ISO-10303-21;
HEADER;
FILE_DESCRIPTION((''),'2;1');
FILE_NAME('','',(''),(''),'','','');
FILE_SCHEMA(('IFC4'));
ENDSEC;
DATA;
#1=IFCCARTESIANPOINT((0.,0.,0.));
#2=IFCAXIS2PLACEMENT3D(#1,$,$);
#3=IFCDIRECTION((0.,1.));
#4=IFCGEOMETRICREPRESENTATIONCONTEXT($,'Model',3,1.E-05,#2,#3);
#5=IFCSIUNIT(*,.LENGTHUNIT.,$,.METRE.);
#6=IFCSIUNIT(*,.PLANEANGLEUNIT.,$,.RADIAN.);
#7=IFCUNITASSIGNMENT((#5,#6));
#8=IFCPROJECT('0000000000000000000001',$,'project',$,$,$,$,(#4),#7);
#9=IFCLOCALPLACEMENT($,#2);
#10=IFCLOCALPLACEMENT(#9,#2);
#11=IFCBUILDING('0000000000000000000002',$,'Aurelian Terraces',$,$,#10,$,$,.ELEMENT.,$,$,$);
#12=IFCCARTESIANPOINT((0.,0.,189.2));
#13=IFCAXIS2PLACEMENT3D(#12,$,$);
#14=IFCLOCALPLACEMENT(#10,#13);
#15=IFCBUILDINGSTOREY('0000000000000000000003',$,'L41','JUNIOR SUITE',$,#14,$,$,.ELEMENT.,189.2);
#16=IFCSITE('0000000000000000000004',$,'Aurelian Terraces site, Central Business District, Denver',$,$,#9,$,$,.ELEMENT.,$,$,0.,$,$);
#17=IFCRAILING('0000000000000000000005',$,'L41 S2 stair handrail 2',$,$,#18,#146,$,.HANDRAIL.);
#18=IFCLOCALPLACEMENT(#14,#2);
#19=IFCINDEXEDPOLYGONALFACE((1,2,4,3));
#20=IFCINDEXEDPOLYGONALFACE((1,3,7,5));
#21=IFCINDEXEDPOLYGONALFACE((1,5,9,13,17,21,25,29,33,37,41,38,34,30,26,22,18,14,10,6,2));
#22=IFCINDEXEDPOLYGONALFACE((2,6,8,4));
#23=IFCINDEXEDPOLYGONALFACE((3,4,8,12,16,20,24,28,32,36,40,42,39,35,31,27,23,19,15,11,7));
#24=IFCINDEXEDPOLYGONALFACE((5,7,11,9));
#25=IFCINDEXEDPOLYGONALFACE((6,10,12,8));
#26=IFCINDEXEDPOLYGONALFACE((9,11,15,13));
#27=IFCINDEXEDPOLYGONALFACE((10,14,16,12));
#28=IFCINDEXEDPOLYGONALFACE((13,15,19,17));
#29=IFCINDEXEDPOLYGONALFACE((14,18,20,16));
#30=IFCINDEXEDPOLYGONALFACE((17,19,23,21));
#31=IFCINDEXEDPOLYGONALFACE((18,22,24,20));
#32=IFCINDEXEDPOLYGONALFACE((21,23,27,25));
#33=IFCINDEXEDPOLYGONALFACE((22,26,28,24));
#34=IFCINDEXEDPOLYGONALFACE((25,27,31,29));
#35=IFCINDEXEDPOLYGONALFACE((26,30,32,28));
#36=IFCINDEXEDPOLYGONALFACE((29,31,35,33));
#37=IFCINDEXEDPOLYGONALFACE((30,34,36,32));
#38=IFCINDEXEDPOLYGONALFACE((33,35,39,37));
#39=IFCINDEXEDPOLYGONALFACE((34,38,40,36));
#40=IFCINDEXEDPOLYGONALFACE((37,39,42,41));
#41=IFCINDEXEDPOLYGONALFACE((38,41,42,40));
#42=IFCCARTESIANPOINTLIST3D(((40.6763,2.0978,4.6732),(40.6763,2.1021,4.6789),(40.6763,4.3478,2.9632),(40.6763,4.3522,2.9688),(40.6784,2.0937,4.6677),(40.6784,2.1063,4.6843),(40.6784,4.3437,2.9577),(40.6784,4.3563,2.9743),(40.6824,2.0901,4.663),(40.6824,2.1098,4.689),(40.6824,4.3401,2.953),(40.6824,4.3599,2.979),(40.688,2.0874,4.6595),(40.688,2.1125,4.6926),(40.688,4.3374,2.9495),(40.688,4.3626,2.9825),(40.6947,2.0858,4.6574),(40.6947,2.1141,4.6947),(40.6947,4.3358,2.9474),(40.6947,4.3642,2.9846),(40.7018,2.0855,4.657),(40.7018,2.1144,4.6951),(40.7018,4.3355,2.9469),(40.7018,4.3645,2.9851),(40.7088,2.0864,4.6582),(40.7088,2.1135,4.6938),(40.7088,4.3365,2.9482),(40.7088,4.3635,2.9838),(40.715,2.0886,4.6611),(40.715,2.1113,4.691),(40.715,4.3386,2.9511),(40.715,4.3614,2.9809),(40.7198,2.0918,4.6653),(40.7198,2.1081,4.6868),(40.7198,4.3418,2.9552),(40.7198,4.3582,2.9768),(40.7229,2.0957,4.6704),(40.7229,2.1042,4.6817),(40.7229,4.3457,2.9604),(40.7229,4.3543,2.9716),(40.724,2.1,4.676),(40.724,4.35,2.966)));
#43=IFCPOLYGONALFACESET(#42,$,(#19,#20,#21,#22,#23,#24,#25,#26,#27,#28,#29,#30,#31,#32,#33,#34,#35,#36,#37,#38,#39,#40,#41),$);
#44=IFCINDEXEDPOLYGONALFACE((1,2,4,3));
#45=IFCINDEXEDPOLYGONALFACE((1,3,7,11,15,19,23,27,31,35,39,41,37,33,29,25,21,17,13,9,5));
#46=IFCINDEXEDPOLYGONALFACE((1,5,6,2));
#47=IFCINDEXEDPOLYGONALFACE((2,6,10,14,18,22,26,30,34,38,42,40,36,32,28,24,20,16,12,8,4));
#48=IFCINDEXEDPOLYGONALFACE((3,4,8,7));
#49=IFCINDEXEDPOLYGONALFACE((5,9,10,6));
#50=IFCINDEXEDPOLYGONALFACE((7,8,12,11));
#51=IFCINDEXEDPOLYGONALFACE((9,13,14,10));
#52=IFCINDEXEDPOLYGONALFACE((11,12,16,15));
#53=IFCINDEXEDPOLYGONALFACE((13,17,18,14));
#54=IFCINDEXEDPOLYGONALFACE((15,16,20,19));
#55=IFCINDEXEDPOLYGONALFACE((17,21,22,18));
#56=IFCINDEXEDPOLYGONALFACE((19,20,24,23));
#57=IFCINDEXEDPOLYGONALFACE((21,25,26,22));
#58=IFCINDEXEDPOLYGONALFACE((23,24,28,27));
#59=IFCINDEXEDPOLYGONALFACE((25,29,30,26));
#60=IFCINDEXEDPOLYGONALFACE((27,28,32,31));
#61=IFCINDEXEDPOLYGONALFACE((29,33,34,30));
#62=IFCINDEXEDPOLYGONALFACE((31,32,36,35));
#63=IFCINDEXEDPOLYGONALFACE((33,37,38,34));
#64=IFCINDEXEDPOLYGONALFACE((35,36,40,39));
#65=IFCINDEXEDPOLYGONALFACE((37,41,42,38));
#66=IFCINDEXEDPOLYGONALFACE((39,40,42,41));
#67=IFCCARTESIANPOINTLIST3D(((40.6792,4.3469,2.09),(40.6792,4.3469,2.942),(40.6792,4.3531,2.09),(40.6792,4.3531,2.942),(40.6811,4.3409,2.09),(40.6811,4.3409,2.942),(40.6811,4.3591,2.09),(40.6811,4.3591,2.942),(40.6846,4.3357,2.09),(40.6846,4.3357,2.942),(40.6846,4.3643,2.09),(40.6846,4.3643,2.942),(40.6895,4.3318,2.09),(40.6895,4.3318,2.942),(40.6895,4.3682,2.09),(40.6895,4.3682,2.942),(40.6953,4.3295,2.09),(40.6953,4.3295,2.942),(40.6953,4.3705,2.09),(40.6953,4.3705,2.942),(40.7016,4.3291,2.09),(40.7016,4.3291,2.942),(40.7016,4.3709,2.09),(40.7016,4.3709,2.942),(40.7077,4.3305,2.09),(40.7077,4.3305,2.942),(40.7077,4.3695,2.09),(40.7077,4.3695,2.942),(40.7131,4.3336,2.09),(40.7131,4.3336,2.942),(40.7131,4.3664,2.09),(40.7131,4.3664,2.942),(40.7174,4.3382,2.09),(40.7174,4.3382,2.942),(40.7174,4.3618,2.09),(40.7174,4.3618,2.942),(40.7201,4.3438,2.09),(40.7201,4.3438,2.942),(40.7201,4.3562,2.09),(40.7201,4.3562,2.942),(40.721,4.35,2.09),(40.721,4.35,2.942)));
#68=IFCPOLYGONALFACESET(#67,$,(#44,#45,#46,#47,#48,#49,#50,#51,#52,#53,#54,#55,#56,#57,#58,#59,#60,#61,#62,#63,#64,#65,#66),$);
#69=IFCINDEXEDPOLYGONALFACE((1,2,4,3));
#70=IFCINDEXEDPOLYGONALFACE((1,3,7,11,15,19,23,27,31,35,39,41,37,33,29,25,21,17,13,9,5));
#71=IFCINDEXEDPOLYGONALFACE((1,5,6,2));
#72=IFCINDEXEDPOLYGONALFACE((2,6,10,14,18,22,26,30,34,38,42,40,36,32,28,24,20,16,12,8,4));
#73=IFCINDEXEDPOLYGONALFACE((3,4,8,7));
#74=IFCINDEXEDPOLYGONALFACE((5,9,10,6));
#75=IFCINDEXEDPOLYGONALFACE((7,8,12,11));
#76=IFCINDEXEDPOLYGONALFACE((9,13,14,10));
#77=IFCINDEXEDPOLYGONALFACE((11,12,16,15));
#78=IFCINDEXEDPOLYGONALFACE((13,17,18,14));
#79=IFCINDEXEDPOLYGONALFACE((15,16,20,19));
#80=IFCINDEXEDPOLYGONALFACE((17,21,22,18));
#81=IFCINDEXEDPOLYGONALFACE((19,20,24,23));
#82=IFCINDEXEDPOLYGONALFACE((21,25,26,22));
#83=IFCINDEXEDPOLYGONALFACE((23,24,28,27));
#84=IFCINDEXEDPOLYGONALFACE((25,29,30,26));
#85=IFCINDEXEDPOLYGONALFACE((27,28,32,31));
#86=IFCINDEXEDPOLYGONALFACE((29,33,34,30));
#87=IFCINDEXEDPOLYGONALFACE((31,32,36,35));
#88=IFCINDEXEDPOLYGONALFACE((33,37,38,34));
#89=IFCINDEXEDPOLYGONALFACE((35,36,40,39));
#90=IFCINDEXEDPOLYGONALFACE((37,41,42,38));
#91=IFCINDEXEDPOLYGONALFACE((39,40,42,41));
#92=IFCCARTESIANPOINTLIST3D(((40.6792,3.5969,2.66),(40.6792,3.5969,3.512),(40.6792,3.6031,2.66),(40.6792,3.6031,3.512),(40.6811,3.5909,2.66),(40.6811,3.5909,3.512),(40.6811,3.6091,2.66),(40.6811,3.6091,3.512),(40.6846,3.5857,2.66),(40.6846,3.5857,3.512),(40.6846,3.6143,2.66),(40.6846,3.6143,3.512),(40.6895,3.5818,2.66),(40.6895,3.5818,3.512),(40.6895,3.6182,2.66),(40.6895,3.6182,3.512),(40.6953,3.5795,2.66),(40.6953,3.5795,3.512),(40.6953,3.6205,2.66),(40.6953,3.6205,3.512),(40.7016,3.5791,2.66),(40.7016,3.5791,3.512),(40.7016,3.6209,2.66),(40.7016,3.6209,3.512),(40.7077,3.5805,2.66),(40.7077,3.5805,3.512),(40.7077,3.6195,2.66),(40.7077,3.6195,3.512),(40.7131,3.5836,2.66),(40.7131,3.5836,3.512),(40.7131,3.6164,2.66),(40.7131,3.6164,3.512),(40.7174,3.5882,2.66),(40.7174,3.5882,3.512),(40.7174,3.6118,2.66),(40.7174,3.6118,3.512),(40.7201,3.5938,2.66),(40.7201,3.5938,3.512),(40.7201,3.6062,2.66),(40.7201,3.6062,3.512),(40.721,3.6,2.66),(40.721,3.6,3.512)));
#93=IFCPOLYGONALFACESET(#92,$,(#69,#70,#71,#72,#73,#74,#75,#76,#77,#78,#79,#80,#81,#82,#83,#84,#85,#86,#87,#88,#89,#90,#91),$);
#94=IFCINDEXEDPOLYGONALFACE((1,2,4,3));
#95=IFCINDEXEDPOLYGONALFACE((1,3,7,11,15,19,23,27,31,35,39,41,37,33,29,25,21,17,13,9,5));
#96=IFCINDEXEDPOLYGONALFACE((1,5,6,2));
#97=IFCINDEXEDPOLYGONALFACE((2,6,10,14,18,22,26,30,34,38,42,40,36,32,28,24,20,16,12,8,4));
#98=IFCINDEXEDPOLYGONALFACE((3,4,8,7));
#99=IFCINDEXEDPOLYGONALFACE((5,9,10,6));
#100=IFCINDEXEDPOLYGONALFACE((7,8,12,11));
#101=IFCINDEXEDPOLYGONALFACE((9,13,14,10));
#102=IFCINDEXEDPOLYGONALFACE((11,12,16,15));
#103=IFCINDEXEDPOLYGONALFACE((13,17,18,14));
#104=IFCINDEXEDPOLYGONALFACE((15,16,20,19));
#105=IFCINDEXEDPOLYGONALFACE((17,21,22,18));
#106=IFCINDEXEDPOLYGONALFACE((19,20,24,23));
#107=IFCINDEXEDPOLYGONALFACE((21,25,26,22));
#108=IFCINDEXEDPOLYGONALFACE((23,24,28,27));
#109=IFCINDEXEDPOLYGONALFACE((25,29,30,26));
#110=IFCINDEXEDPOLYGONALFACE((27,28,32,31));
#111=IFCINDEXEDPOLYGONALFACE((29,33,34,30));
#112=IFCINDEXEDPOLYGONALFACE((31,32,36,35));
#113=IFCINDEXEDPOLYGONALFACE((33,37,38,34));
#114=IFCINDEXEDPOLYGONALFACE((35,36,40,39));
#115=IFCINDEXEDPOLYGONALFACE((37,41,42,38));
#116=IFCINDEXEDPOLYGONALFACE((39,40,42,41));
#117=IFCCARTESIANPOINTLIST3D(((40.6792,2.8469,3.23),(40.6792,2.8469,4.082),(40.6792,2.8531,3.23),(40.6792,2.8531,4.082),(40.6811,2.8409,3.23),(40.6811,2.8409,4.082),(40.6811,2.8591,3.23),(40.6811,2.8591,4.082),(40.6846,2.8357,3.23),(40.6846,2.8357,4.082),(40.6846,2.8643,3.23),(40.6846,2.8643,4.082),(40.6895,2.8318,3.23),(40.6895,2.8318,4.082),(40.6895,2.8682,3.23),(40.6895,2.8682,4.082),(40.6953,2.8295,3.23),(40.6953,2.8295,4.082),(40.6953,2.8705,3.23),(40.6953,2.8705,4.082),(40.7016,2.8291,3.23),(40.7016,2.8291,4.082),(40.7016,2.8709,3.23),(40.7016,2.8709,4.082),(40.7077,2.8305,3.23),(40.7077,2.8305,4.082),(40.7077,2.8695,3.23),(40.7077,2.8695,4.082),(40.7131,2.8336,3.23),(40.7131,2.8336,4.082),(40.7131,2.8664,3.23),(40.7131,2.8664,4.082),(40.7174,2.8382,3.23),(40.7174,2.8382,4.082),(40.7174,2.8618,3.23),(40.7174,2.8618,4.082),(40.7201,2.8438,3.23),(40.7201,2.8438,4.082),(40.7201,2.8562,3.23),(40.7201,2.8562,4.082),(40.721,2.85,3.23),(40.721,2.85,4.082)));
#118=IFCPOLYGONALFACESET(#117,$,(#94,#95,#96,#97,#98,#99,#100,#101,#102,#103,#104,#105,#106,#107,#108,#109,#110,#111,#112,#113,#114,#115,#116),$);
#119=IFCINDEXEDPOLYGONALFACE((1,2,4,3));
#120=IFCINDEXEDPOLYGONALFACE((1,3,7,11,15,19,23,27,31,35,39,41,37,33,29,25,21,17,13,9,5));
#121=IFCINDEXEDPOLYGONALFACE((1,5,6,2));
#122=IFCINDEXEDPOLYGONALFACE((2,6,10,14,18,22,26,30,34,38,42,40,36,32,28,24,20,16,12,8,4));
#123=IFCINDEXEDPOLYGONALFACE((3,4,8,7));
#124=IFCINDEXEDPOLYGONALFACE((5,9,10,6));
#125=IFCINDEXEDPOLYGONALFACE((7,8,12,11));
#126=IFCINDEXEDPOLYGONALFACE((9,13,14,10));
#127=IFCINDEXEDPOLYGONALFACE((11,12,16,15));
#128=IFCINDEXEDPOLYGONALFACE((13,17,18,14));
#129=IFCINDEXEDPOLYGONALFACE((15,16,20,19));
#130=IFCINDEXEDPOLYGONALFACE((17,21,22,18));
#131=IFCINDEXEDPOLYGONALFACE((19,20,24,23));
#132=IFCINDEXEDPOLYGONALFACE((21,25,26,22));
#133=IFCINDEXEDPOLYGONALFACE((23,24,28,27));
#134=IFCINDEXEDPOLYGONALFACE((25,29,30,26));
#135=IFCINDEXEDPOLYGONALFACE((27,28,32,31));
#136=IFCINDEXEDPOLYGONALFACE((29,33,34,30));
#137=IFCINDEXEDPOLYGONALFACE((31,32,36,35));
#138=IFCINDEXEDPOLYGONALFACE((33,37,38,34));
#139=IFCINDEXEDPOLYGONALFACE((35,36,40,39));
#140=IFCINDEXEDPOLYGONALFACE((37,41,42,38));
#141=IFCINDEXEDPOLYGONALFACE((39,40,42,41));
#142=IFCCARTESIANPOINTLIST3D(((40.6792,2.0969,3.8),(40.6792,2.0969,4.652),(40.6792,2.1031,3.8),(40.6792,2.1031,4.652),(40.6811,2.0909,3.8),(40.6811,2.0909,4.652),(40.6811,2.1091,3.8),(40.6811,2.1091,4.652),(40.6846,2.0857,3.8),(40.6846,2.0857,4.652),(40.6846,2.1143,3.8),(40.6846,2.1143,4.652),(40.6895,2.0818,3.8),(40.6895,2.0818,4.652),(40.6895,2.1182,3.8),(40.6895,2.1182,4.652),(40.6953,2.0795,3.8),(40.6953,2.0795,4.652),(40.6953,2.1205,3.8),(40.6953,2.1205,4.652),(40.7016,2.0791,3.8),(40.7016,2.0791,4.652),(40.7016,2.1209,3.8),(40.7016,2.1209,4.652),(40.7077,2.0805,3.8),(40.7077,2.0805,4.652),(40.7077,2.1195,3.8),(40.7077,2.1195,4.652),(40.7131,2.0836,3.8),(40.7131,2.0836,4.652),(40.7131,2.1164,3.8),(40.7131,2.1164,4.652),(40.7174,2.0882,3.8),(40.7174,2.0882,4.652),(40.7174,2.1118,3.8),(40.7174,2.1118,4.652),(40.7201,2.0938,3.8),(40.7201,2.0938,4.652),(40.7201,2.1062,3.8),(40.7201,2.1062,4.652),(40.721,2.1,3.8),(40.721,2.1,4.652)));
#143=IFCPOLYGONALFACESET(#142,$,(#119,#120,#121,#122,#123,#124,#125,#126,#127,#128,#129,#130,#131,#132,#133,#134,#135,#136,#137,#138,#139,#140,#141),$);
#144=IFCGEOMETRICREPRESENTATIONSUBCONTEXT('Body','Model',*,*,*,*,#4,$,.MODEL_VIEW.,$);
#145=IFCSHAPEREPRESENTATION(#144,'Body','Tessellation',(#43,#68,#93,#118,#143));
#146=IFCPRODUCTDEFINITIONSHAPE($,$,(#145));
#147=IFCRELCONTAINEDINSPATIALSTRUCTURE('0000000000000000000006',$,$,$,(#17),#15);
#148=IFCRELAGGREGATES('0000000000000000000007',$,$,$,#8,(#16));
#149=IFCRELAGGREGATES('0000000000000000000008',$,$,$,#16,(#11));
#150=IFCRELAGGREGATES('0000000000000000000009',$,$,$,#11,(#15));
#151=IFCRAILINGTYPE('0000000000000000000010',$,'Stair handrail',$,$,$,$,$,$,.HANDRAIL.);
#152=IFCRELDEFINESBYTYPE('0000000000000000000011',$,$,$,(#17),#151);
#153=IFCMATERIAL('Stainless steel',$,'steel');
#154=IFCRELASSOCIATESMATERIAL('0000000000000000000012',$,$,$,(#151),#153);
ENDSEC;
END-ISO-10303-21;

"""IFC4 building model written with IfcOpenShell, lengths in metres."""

from ifc_helpers import new_model, si_unit, direction, frame, origin, origin_2d, place, context, subcontext, project, spatial, circle, extrude, source, transform, mapped, material, type_object, element, save


model = new_model("IFC4")

# Units and contexts
model_context = context("Model", 3, precision=1e-05, world=origin(), true_north=direction((0.0, 1.0)))
body_context = subcontext(model_context, "Body", "Model", "MODEL_VIEW")
ifc_project = project(units=[si_unit("LENGTHUNIT", "METRE"), si_unit("PLANEANGLEUNIT", "RADIAN")], contexts=[model_context])

# Site, building, storey
site_placement = place(None, origin())
site = spatial("IfcSite", under=ifc_project, at=site_placement, Name="Aurelian Terraces site, Central Business District, Denver", CompositionType="ELEMENT", RefElevation=0.0)
building_placement = place(site_placement, origin())
building = spatial("IfcBuilding", under=site, at=building_placement, Name="Aurelian Terraces", CompositionType="ELEMENT")
storey_placement = place(building_placement, frame((0.0, 0.0, 189.2)))
storey = spatial("IfcBuildingStorey", under=building, at=storey_placement, Name="L41", Description="JUNIOR SUITE", CompositionType="ELEMENT", Elevation=189.2)

# Railing
ifc_material_1 = material(Name="Stainless steel", Category="steel")
railing_type = type_object("IfcRailingType", Name="Stair handrail", PredefinedType="HANDRAIL", material=ifc_material_1)
shared_shape_1 = source(origin(), body_context, "Body", "SweptSolid", [
    extrude(circle(Radius=0.024, at=origin_2d()), frame((0.0, 0.0, 0.876), z_axis=(0.0, -0.796162, 0.605083), x_axis=(1.0, 0.0, 0.0)), (0.0, 0.0, 1.0), 2.8261),
    extrude(circle(Radius=0.021, at=origin_2d()), origin(), (0.0, 0.0, 1.0), 0.852),
    extrude(circle(Radius=0.021, at=origin_2d()), frame((0.0, -0.75, 0.57)), (0.0, 0.0, 1.0), 0.852),
    extrude(circle(Radius=0.021, at=origin_2d()), frame((0.0, -1.5, 1.14)), (0.0, 0.0, 1.0), 0.852),
    extrude(circle(Radius=0.021, at=origin_2d()), frame((0.0, -2.25, 1.71)), (0.0, 0.0, 1.0), 0.852),
])
railing_placement = place(storey_placement, frame((40.7, 4.35, 2.09)))
element("IfcRailing", 1, at=railing_placement, inside=storey, type_object=railing_type, Name="L41 S2 stair handrail 2", PredefinedType="HANDRAIL", context=body_context, shape_type="MappedRepresentation", body=[
    mapped(shared_shape_1, transform((0.0, 0.0, 0.0), scale=1.0)),
])

save(model, "model.ifc")
